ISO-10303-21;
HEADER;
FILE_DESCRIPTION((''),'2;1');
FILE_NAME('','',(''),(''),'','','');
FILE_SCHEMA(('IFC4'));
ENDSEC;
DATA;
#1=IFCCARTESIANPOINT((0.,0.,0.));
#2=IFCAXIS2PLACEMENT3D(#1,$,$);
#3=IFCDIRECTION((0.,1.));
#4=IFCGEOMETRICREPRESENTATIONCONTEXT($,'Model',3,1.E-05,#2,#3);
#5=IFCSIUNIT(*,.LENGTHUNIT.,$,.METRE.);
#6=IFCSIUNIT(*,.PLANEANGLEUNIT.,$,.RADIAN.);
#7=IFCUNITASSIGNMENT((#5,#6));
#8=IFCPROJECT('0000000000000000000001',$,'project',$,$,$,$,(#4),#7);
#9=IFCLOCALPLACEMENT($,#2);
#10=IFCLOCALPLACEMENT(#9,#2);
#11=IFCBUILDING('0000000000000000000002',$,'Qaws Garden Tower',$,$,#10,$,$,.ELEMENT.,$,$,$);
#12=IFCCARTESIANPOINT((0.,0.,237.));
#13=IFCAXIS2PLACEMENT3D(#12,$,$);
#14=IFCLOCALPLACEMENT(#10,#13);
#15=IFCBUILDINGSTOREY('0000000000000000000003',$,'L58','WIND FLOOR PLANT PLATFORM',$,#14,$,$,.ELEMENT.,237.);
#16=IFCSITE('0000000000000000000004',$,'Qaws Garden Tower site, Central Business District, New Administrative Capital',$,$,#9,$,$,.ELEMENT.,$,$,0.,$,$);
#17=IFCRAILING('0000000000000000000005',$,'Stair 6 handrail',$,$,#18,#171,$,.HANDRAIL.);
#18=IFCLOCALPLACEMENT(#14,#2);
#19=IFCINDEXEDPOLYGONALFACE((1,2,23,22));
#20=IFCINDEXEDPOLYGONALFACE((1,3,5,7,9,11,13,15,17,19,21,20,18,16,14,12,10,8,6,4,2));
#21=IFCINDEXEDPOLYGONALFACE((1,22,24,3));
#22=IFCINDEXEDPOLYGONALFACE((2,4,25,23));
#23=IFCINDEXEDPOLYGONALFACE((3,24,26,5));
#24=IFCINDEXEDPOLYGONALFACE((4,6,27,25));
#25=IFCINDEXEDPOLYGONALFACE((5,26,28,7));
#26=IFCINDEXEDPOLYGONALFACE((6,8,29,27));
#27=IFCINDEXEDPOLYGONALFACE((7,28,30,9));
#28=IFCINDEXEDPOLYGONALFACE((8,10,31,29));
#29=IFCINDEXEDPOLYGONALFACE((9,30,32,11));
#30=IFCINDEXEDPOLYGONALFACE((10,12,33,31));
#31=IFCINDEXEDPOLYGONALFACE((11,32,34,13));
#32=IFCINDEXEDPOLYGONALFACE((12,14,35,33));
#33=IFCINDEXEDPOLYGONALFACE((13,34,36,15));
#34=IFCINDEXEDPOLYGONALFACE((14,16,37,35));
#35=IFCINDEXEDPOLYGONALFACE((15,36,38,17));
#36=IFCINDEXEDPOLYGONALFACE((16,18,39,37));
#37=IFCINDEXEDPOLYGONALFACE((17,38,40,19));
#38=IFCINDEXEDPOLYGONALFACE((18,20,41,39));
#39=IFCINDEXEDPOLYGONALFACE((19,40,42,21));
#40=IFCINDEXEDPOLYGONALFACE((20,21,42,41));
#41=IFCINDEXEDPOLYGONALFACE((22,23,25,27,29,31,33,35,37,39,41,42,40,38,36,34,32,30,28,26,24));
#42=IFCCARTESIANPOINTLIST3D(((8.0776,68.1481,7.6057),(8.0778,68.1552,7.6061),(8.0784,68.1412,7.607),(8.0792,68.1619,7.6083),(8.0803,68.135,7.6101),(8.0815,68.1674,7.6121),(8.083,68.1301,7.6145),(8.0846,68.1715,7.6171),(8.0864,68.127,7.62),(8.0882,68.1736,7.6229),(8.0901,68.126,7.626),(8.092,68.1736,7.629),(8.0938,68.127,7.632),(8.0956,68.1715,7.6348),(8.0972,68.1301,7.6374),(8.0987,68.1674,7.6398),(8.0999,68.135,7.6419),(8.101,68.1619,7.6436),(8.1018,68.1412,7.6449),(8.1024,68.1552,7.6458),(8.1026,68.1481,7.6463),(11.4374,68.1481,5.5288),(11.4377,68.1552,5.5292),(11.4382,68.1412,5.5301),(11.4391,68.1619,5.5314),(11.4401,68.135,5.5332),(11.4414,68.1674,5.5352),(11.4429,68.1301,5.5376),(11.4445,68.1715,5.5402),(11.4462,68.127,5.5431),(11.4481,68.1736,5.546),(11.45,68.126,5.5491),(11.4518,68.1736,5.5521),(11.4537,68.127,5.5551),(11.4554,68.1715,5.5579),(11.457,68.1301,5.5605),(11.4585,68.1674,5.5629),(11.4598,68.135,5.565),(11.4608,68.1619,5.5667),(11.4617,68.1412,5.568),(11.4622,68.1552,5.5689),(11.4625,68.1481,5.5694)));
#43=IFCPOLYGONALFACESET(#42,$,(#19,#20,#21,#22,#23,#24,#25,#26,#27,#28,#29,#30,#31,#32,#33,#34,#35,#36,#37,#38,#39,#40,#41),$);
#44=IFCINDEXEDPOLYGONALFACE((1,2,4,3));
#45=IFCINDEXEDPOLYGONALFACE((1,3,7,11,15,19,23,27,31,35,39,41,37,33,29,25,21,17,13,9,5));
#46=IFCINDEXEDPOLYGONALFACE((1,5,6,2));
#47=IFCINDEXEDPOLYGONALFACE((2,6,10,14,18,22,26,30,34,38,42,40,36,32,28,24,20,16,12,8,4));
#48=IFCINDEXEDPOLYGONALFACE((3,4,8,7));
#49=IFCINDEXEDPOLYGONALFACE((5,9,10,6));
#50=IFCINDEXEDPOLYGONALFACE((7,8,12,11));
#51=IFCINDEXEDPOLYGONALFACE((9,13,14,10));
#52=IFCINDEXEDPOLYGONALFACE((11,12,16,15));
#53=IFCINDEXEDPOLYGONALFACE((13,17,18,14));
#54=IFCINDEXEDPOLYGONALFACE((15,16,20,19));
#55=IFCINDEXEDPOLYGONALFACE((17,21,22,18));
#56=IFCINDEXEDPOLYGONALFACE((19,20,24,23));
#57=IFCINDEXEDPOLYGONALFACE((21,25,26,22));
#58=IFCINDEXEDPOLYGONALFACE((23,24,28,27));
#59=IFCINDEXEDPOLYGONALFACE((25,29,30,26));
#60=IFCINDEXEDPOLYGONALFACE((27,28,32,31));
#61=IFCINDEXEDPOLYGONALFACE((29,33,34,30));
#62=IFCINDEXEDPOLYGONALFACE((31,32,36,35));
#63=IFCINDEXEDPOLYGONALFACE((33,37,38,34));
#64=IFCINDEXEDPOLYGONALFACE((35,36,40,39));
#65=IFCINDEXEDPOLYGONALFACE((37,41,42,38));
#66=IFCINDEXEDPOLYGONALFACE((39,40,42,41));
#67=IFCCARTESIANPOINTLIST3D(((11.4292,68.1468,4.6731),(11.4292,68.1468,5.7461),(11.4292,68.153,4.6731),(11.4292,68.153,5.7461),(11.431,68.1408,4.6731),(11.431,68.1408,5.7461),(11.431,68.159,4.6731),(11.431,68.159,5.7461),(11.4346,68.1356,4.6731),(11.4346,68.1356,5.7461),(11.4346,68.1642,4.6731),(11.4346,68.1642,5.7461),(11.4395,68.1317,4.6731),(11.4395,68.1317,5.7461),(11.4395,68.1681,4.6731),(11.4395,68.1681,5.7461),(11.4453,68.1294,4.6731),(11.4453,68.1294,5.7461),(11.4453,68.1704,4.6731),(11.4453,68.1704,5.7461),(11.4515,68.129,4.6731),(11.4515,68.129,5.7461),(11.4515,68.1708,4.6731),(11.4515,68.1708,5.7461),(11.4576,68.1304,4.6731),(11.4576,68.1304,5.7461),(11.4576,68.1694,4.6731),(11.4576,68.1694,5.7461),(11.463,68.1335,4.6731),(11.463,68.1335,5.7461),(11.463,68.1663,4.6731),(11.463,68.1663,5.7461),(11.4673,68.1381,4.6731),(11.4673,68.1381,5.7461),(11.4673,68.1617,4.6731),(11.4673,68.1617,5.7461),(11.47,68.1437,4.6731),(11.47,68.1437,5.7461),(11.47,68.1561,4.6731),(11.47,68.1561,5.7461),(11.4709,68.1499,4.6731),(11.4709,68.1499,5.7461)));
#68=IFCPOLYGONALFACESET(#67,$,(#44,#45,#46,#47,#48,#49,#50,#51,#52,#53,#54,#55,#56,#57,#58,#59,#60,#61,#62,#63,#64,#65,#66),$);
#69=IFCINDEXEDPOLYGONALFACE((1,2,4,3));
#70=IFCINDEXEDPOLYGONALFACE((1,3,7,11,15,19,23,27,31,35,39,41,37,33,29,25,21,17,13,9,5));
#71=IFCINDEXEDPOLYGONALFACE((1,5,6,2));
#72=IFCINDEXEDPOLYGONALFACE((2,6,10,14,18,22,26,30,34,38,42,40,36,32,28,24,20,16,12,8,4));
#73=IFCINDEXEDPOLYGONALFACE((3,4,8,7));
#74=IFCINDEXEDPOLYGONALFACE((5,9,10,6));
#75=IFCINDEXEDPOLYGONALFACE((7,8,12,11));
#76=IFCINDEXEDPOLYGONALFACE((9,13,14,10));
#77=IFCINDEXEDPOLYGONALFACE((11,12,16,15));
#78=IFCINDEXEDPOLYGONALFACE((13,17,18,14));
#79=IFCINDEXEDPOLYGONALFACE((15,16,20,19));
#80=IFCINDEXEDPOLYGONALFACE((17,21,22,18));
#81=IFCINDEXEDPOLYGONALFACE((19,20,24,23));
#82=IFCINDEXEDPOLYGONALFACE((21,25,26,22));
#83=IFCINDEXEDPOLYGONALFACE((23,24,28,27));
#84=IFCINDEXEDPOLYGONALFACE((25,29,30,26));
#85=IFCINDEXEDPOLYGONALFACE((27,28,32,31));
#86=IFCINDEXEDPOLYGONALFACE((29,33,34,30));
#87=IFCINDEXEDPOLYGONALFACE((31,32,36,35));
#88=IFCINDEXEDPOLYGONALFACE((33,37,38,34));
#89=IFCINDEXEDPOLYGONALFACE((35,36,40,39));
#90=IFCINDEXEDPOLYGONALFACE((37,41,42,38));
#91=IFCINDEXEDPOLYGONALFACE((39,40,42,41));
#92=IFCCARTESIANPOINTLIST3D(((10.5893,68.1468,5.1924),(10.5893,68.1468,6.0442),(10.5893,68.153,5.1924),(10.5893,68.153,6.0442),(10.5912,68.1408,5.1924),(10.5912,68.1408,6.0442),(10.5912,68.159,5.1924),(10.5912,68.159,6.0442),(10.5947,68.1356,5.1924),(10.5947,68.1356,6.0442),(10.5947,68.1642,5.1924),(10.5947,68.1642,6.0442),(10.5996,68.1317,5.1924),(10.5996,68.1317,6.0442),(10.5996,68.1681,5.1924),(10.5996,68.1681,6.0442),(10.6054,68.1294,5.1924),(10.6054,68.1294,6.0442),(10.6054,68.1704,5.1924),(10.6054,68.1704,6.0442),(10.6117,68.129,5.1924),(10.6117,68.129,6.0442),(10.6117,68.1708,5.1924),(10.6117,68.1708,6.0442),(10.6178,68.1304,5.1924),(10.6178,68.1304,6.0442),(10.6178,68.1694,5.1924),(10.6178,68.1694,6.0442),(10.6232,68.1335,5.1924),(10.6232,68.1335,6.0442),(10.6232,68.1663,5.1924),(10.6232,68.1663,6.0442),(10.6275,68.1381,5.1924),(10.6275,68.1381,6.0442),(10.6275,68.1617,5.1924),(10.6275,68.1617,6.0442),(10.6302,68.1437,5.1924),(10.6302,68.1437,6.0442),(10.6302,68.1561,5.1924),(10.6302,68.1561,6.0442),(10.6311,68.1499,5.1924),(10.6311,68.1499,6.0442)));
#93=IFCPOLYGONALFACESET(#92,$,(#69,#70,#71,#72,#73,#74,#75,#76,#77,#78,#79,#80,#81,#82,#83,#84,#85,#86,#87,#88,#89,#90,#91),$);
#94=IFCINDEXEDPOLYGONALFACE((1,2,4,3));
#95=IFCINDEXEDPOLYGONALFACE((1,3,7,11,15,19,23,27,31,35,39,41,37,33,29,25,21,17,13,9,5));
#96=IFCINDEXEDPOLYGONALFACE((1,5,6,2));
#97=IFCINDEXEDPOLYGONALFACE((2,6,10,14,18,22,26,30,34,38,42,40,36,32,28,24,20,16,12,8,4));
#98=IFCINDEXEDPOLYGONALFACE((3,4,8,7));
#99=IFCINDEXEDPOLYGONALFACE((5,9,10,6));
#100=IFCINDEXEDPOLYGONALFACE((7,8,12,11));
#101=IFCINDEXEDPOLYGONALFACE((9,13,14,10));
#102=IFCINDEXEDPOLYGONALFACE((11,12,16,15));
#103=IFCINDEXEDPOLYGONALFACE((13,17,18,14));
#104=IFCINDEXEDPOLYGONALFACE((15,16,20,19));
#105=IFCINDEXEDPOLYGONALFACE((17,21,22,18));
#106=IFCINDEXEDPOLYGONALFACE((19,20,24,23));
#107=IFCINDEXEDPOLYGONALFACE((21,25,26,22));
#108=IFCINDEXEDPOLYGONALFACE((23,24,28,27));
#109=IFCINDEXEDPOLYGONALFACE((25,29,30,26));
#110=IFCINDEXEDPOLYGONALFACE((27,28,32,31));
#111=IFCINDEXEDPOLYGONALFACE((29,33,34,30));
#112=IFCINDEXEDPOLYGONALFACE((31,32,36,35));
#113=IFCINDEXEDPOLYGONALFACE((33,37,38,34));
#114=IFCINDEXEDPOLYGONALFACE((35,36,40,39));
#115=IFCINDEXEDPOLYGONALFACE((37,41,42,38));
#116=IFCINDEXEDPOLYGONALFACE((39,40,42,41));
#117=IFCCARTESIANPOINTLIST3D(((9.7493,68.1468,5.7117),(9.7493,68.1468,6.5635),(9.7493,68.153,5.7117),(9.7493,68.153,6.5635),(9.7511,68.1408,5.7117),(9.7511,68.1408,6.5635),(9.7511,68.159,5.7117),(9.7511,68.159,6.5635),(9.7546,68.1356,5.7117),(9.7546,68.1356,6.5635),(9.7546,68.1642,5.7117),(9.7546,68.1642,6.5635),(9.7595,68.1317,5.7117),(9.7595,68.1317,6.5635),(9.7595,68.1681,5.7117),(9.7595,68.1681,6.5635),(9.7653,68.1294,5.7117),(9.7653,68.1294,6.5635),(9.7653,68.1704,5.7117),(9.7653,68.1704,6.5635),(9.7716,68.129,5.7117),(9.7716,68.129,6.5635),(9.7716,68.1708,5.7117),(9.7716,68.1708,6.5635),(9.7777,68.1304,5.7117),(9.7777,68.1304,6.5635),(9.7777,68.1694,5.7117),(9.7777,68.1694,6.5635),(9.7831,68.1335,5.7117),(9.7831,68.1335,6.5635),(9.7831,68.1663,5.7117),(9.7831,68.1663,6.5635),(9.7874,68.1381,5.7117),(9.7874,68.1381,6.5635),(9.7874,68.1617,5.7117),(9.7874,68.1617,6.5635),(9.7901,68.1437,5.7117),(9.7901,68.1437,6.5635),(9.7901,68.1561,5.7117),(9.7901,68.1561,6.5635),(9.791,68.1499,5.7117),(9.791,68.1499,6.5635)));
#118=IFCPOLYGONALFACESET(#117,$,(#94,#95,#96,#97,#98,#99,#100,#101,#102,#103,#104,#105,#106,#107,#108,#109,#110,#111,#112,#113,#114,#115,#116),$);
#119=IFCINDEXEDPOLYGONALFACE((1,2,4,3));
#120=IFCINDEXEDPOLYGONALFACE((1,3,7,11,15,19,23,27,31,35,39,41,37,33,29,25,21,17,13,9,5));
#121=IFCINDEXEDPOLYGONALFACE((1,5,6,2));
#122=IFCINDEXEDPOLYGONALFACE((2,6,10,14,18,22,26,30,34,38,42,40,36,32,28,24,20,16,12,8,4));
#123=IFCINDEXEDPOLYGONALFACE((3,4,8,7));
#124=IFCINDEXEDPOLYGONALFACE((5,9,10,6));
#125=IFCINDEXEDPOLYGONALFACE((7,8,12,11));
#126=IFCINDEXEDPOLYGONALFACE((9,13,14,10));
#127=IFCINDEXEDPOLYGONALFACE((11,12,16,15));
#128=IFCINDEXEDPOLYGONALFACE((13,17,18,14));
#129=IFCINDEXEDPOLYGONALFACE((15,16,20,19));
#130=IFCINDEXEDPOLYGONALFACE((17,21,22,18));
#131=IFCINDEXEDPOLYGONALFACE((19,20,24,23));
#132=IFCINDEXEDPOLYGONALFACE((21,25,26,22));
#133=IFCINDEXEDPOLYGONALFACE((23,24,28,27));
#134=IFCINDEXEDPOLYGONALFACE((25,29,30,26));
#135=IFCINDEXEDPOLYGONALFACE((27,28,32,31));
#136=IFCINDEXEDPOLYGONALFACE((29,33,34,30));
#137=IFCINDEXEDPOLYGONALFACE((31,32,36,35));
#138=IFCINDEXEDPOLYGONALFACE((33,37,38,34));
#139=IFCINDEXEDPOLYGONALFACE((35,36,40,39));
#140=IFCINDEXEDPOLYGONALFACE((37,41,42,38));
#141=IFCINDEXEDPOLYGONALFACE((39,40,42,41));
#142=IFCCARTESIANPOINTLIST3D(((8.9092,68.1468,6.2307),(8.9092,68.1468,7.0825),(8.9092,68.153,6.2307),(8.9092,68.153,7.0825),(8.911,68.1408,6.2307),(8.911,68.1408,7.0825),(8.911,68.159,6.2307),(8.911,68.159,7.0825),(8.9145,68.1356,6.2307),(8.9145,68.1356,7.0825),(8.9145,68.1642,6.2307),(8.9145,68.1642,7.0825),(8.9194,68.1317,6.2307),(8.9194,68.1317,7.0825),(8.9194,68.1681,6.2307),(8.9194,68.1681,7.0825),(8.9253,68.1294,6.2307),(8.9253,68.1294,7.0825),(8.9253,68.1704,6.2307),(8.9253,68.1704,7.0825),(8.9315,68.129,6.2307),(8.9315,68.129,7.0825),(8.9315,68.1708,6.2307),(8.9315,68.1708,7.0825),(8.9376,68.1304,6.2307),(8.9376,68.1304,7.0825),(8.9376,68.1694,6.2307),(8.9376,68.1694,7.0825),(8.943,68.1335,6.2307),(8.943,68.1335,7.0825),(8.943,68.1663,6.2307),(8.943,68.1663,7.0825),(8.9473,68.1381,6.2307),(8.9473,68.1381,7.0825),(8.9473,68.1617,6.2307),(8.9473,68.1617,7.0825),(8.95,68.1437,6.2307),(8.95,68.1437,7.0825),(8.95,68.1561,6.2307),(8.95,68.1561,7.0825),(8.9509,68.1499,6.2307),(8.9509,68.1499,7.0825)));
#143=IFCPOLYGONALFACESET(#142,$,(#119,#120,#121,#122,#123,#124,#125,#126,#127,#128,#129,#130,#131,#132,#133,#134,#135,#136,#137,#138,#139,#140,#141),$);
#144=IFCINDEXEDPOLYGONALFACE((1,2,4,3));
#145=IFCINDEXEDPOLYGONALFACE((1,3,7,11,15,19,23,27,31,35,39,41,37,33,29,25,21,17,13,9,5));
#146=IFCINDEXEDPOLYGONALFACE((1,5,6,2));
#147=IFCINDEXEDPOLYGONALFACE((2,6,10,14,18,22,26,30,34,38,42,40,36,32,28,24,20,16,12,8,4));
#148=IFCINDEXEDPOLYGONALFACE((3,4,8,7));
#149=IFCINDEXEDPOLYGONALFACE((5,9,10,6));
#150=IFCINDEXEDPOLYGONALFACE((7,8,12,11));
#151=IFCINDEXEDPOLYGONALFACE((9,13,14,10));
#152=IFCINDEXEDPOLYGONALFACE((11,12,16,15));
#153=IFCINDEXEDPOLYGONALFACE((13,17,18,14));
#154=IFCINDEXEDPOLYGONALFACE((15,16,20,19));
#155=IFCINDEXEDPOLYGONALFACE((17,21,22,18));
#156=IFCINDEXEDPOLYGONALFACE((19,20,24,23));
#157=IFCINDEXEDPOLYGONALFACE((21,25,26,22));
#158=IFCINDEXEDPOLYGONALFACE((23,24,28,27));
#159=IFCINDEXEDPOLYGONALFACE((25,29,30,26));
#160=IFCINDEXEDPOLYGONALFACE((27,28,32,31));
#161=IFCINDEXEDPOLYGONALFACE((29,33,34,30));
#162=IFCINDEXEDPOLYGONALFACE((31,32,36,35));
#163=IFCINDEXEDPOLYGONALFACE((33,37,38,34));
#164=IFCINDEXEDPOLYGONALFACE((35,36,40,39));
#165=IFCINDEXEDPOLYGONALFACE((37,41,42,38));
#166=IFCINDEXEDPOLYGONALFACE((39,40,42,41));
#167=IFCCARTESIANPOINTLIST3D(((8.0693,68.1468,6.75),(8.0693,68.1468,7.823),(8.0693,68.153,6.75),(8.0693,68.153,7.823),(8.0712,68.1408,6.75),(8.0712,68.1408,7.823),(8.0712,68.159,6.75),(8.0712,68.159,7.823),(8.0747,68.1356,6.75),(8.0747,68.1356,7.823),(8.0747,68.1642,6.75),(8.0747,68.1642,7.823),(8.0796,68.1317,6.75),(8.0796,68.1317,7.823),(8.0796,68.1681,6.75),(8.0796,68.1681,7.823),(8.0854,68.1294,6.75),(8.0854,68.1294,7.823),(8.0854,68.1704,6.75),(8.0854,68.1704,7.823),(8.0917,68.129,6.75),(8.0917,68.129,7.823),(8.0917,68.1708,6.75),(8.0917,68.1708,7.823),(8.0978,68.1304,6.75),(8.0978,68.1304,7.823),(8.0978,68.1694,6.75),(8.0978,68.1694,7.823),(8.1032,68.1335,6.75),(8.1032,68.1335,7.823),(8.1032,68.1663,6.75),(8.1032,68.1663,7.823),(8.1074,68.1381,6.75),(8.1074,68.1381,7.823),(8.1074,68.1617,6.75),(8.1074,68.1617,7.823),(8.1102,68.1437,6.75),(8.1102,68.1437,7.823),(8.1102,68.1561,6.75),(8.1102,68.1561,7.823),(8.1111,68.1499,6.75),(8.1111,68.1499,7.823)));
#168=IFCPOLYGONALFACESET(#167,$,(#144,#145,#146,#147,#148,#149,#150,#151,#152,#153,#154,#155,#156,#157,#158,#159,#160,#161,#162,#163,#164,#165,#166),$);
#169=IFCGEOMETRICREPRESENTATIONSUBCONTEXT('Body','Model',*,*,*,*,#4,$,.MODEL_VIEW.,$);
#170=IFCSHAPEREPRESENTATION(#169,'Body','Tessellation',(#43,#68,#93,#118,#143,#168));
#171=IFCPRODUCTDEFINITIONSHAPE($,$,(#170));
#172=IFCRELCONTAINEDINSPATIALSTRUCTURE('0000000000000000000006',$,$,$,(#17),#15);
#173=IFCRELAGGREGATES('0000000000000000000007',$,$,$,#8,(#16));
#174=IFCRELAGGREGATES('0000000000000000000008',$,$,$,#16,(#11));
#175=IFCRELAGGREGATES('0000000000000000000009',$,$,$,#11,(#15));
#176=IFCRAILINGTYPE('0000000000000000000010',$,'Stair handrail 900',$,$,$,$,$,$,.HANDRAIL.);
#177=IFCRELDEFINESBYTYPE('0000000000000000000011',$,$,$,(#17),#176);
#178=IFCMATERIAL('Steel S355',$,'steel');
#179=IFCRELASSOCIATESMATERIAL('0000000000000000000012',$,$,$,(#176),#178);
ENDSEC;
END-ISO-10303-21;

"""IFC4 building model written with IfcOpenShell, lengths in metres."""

from ifc_helpers import new_model, si_unit, direction, frame, origin, origin_2d, place, context, subcontext, project, spatial, circle, extrude, material, type_object, element, save


model = new_model("IFC4")

# Units and contexts
model_context = context("Model", 3, precision=1e-05, world=origin(), true_north=direction((0.0, 1.0)))
body_context = subcontext(model_context, "Body", "Model", "MODEL_VIEW")
ifc_project = project(units=[si_unit("LENGTHUNIT", "METRE"), si_unit("PLANEANGLEUNIT", "RADIAN")], contexts=[model_context])

# Site, building, storey
site_placement = place(None, origin())
site = spatial("IfcSite", under=ifc_project, at=site_placement, Name="Qaws Garden Tower site, Central Business District, New Administrative Capital", CompositionType="ELEMENT", RefElevation=0.0)
building_placement = place(site_placement, origin())
building = spatial("IfcBuilding", under=site, at=building_placement, Name="Qaws Garden Tower", CompositionType="ELEMENT")
storey_placement = place(building_placement, frame((0.0, 0.0, 237.0)))
storey = spatial("IfcBuildingStorey", under=building, at=storey_placement, Name="L58", Description="WIND FLOOR PLANT PLATFORM", CompositionType="ELEMENT", Elevation=237.0)

# Railing
ifc_material_1 = material(Name="Steel S355", Category="steel")
railing_type_1 = type_object("IfcRailingType", Name="Stair handrail 900", PredefinedType="HANDRAIL", material=ifc_material_1)
railing_1_placement = place(storey_placement, frame((11.45, 68.1499, 4.6731)))
element("IfcRailing", 1, at=railing_1_placement, inside=storey, type_object=railing_type_1, Name="Stair 6 handrail", PredefinedType="HANDRAIL", context=body_context, shape_type="SweptSolid", body=[
    extrude(circle(Radius=0.0239, at=origin_2d()), frame((0.0, 0.0, 0.876), z_axis=(-0.850606, 0.0, 0.525803), x_axis=(0.0, -1.0, 0.0)), (0.0, 0.0, 1.0), 3.95),
    extrude(circle(Radius=0.021, at=origin_2d()), origin(), (0.0, 0.0, 1.0), 1.073),
    extrude(circle(Radius=0.021, at=origin_2d()), frame((-0.8398, 0.0, 0.5193)), (0.0, 0.0, 1.0), 0.8518),
    extrude(circle(Radius=0.021, at=origin_2d()), frame((-1.6799, 0.0, 1.0386)), (0.0, 0.0, 1.0), 0.8518),
    extrude(circle(Radius=0.021, at=origin_2d()), frame((-2.52, 0.0, 1.5576)), (0.0, 0.0, 1.0), 0.8518),
    extrude(circle(Radius=0.021, at=origin_2d()), frame((-3.3599, 0.0, 2.0769)), (0.0, 0.0, 1.0), 1.073),
])

save(model, "model.ifc")
